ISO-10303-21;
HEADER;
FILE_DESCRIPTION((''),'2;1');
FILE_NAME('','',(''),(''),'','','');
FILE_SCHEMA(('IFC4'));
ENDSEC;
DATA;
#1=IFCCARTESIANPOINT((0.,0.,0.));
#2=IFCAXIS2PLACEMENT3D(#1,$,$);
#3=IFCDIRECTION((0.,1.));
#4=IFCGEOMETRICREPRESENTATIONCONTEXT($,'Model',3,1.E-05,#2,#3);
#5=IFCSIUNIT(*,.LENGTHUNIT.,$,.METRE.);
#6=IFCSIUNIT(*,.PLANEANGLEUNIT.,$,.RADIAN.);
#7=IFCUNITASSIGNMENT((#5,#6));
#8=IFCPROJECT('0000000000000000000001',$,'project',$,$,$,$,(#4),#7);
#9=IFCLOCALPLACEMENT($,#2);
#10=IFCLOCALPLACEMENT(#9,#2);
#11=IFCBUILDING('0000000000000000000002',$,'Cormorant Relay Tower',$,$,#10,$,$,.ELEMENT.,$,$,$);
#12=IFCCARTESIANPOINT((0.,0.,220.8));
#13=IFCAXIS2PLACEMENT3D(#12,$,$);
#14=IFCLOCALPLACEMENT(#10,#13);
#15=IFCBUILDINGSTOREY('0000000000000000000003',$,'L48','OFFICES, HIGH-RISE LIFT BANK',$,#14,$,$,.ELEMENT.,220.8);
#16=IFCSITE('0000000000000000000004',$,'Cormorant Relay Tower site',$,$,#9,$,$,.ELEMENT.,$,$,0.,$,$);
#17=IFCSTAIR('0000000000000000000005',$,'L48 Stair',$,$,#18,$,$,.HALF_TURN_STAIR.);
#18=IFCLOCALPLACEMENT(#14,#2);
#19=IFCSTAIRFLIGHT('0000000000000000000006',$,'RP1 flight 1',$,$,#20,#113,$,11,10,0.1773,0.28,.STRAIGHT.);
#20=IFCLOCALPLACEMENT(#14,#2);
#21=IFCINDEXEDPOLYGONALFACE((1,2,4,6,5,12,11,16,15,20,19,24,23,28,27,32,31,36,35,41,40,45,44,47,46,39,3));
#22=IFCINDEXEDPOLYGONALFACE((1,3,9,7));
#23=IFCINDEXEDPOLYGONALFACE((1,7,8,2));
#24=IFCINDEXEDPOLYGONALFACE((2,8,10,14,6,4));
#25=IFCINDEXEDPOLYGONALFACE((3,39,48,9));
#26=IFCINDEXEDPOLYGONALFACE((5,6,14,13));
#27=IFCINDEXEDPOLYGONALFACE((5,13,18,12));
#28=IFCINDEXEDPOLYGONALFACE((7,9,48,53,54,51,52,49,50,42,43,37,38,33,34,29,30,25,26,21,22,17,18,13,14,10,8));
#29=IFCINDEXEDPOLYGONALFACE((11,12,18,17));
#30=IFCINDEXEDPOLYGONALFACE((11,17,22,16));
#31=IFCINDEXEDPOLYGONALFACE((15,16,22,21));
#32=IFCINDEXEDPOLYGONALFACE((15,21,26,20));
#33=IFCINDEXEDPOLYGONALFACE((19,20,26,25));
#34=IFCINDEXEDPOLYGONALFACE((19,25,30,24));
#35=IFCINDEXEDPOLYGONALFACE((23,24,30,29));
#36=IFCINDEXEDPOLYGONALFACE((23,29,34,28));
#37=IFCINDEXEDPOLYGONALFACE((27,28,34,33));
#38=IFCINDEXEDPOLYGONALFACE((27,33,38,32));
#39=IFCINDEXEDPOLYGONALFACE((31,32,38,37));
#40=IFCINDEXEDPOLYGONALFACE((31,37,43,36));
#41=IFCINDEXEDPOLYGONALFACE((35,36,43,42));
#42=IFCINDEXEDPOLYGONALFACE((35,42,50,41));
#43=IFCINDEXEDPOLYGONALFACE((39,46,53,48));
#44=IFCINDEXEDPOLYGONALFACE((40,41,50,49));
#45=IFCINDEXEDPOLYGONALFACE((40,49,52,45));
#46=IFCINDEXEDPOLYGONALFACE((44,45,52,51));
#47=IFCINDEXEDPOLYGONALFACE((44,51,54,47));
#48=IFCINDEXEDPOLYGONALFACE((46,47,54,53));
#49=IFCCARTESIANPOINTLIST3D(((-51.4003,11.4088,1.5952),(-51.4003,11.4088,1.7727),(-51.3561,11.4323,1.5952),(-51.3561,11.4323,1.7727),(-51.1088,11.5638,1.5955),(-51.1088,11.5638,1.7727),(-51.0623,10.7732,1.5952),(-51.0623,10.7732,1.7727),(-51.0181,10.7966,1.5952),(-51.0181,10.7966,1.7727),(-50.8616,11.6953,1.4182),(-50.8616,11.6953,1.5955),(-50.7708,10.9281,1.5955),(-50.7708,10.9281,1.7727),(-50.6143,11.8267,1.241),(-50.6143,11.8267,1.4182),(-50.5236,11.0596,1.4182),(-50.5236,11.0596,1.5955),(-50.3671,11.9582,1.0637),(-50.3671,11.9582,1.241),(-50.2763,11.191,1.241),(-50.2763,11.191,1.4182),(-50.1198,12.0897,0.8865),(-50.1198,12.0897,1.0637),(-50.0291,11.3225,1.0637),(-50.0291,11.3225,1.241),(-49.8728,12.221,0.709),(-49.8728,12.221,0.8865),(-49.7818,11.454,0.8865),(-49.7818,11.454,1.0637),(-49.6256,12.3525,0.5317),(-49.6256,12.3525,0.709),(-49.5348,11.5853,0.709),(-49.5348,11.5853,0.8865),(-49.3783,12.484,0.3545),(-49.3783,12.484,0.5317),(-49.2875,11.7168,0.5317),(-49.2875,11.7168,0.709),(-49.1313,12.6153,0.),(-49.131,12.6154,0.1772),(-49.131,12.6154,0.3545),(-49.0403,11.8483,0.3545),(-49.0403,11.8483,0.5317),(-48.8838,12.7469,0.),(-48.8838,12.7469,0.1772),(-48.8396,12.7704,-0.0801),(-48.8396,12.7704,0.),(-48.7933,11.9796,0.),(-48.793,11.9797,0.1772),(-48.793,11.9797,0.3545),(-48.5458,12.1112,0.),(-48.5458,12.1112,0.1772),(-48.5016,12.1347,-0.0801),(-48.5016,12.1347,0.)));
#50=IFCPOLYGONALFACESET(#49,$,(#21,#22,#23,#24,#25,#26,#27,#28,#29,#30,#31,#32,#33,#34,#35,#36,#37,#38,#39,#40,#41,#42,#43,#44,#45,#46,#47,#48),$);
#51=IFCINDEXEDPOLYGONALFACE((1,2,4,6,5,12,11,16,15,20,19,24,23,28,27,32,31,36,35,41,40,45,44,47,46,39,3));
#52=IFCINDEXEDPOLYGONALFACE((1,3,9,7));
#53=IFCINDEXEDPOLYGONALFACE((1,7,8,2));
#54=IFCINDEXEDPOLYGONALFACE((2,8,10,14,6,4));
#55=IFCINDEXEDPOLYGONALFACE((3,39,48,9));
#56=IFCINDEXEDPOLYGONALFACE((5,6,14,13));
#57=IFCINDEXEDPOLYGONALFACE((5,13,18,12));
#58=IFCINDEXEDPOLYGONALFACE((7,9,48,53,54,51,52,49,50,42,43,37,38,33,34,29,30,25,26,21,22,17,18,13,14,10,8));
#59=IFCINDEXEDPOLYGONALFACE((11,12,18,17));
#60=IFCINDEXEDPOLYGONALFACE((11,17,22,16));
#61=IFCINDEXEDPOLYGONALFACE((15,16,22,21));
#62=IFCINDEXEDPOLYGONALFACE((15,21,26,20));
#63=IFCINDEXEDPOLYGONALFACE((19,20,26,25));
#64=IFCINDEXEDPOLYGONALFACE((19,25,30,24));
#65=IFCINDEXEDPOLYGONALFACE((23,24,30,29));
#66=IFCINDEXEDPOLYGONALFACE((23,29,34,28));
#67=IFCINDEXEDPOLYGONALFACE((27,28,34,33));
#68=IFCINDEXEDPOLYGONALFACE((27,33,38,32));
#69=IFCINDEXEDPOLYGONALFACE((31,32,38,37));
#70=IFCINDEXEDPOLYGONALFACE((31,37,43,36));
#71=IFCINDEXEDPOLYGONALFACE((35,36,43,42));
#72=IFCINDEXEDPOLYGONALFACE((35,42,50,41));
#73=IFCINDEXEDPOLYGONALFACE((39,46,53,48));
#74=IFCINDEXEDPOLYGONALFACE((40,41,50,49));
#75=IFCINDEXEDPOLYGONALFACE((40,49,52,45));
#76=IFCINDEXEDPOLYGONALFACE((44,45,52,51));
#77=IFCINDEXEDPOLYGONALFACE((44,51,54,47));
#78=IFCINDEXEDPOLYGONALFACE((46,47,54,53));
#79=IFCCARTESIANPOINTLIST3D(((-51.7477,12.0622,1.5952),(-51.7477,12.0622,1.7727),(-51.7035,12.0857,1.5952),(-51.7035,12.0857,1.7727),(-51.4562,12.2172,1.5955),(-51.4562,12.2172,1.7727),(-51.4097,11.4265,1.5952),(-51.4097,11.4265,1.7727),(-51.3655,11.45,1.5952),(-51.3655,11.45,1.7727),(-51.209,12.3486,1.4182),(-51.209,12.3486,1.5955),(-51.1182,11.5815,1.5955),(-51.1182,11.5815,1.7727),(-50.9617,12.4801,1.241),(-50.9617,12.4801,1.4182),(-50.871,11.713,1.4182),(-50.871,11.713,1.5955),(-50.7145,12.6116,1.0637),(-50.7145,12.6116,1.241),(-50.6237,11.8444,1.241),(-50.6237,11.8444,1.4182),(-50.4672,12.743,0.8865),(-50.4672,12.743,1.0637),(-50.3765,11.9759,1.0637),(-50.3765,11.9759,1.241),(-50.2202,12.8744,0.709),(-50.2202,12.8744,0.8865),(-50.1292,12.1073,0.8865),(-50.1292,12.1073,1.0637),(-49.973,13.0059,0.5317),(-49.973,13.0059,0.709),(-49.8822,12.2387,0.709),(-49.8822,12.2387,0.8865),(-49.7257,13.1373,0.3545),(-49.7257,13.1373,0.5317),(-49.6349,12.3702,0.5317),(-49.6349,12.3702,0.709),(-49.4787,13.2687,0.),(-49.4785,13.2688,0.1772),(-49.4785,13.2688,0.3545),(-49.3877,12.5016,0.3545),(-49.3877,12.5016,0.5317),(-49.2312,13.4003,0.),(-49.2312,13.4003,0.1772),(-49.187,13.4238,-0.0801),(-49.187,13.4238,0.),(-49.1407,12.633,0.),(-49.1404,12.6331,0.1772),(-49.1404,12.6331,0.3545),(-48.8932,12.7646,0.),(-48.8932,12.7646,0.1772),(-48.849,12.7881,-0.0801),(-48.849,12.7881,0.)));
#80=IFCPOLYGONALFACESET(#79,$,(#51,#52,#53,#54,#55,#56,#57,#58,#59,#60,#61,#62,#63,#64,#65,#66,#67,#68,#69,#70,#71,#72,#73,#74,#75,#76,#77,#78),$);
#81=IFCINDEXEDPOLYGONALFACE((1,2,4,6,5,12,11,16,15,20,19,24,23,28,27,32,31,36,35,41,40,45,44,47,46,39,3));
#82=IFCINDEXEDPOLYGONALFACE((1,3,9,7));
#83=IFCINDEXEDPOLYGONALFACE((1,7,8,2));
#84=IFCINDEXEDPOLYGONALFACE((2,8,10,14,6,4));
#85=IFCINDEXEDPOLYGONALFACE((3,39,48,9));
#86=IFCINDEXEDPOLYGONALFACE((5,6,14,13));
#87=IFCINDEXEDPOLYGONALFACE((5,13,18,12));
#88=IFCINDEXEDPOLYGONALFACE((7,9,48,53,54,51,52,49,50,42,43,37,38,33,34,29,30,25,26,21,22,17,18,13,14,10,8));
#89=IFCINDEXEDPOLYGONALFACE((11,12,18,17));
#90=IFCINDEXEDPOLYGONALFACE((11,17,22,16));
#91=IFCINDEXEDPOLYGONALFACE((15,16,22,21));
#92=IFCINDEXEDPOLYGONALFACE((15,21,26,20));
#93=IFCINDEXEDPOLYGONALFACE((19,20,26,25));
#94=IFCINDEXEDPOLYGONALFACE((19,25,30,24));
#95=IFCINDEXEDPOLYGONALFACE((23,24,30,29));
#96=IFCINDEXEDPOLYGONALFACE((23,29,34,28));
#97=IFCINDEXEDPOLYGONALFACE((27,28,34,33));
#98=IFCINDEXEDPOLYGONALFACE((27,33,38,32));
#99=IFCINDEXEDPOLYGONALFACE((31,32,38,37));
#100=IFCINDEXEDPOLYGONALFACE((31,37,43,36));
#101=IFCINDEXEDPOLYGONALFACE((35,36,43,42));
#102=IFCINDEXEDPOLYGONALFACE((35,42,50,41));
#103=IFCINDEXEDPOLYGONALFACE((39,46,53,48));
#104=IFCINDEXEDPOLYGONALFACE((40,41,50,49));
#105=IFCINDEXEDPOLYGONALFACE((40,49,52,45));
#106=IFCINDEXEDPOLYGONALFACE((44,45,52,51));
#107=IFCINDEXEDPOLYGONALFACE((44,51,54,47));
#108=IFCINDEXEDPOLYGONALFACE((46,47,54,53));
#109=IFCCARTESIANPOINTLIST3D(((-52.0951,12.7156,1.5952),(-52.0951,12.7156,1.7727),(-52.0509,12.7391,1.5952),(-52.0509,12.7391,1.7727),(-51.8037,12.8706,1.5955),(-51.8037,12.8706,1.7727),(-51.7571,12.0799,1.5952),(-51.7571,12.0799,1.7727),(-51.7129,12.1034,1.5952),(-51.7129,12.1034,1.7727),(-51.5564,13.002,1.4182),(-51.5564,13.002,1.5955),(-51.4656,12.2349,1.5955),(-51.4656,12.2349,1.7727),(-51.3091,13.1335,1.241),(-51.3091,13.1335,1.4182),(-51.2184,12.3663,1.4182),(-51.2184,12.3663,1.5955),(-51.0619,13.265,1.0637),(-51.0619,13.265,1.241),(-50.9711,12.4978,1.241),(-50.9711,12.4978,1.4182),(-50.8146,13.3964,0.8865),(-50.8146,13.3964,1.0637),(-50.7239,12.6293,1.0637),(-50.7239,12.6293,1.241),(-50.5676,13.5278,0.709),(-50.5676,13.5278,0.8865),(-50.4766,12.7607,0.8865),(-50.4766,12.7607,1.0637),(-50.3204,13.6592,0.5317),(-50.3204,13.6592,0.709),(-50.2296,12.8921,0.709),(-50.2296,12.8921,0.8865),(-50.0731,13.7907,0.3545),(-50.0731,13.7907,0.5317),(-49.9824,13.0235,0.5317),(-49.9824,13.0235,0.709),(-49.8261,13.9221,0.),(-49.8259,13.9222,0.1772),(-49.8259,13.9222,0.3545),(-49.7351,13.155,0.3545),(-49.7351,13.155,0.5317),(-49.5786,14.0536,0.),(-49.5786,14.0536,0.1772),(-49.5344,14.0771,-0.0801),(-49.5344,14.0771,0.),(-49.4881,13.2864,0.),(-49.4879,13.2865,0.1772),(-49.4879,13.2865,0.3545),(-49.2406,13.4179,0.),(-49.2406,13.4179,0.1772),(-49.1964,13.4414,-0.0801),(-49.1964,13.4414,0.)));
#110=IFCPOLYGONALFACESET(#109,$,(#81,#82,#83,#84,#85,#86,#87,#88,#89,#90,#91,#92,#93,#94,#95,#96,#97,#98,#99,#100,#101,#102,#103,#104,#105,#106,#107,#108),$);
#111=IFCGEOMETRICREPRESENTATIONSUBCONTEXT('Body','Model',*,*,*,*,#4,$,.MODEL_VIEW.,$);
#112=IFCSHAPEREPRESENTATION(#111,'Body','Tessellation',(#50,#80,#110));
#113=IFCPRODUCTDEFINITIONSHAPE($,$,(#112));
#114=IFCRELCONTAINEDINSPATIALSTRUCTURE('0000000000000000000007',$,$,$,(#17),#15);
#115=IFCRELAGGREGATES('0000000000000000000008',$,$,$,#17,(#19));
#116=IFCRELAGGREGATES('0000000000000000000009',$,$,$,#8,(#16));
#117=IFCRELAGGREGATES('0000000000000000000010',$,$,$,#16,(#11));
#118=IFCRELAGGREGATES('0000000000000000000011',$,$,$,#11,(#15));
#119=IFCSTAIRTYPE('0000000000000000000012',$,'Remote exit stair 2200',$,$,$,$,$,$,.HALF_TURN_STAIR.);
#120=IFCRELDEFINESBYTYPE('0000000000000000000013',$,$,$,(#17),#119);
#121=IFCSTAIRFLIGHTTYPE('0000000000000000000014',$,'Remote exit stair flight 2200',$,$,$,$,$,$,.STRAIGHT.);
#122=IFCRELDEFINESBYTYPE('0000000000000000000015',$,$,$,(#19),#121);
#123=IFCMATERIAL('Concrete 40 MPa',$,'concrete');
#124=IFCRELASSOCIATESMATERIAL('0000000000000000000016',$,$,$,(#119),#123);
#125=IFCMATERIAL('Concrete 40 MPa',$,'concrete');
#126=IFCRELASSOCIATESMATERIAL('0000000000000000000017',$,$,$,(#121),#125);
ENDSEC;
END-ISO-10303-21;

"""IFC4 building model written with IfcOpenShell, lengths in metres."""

from ifc_helpers import new_model, si_unit, direction, frame, origin, place, context, subcontext, project, spatial, polyline, outline, extrude, material, type_object, element, aggregate, save


model = new_model("IFC4")

# Units and contexts
model_context = context("Model", 3, precision=1e-05, world=origin(), true_north=direction((0.0, 1.0)))
body_context = subcontext(model_context, "Body", "Model", "MODEL_VIEW")
ifc_project = project(units=[si_unit("LENGTHUNIT", "METRE"), si_unit("PLANEANGLEUNIT", "RADIAN")], contexts=[model_context])

# Site, building, storey
site_placement = place(None, origin())
site = spatial("IfcSite", under=ifc_project, at=site_placement, Name="Cormorant Relay Tower site", CompositionType="ELEMENT", RefElevation=0.0)
building_placement = place(site_placement, origin())
building = spatial("IfcBuilding", under=site, at=building_placement, Name="Cormorant Relay Tower", CompositionType="ELEMENT")
storey_placement = place(building_placement, frame((0.0, 0.0, 220.8)))
storey = spatial("IfcBuildingStorey", under=building, at=storey_placement, Name="L48", Description="OFFICES, HIGH-RISE LIFT BANK", CompositionType="ELEMENT", Elevation=220.8)

# Stair, stair flight
ifc_material_1 = material(Name="Concrete 40 MPa", Category="concrete")
stair_type = type_object("IfcStairType", Name="Remote exit stair 2200", PredefinedType="HALF_TURN_STAIR", material=ifc_material_1)
stair_placement = place(storey_placement, origin())
stair = element("IfcStair", 1, at=stair_placement, inside=storey, type_object=stair_type, Name="L48 Stair", PredefinedType="HALF_TURN_STAIR")
ifc_material_2 = material(Name="Concrete 40 MPa", Category="concrete")
stair_flight_type = type_object("IfcStairFlightType", Name="Remote exit stair flight 2200", PredefinedType="STRAIGHT", material=ifc_material_2)
stair_flight_1_placement = place(storey_placement, frame((-49.0623, 13.0825, 0.0), z_axis=(0.0, 0.0, 1.0), x_axis=(-0.882948, -0.469472, 0.0)))
stair_flight_1 = element("IfcStairFlight", 2, at=stair_flight_1_placement, type_object=stair_flight_type, Name="RP1 flight 1", NumberOfRisers=11, NumberOfTreads=10, PredefinedType="STRAIGHT", RiserHeight=0.1773, TreadLength=0.28, context=body_context, shape_type="SweptSolid", body=[
    extrude(outline(polyline([(-0.05, -0.0801), (-0.05, 0.0), (0.0, 0.0), (0.0, 0.1772), (0.28, 0.1772), (0.28, 0.3545), (0.5601, 0.3545), (0.5601, 0.5317), (0.8401, 0.5317), (0.8401, 0.709), (1.1201, 0.709), (1.1201, 0.8865), (1.3999, 0.8865), (1.3999, 1.0637), (1.6799, 1.0637), (1.6799, 1.241), (1.96, 1.241), (1.96, 1.4182), (2.24, 1.4182), (2.24, 1.5955), (2.52, 1.5955), (2.52, 1.7727), (2.8, 1.7727), (2.8501, 1.7727), (2.8501, 1.5952), (2.8, 1.5952), (0.2803, 0.0), (-0.05, -0.0801)])), frame((0.0, 1.1001, 0.0), z_axis=(0.0, -1.0, 0.0), x_axis=(1.0, 0.0, 0.0)), (0.0, 0.0, 1.0), 0.72),
    extrude(outline(polyline([(-0.05, -0.0801), (-0.05, 0.0), (0.0, 0.0), (0.0, 0.1772), (0.28, 0.1772), (0.28, 0.3545), (0.5601, 0.3545), (0.5601, 0.5317), (0.8401, 0.5317), (0.8401, 0.709), (1.1201, 0.709), (1.1201, 0.8865), (1.3999, 0.8865), (1.3999, 1.0637), (1.6799, 1.0637), (1.6799, 1.241), (1.96, 1.241), (1.96, 1.4182), (2.24, 1.4182), (2.24, 1.5955), (2.52, 1.5955), (2.52, 1.7727), (2.8, 1.7727), (2.8501, 1.7727), (2.8501, 1.5952), (2.8, 1.5952), (0.2803, 0.0), (-0.05, -0.0801)])), frame((0.0, 0.3601, 0.0), z_axis=(0.0, -1.0, 0.0), x_axis=(1.0, 0.0, 0.0)), (0.0, 0.0, 1.0), 0.72),
    extrude(outline(polyline([(-0.05, -0.0801), (-0.05, 0.0), (0.0, 0.0), (0.0, 0.1772), (0.28, 0.1772), (0.28, 0.3545), (0.5601, 0.3545), (0.5601, 0.5317), (0.8401, 0.5317), (0.8401, 0.709), (1.1201, 0.709), (1.1201, 0.8865), (1.3999, 0.8865), (1.3999, 1.0637), (1.6799, 1.0637), (1.6799, 1.241), (1.96, 1.241), (1.96, 1.4182), (2.24, 1.4182), (2.24, 1.5955), (2.52, 1.5955), (2.52, 1.7727), (2.8, 1.7727), (2.8501, 1.7727), (2.8501, 1.5952), (2.8, 1.5952), (0.2803, 0.0), (-0.05, -0.0801)])), frame((0.0, -0.3799, 0.0), z_axis=(0.0, -1.0, 0.0), x_axis=(1.0, 0.0, 0.0)), (0.0, 0.0, 1.0), 0.72),
])
aggregate(stair, [stair_flight_1])

save(model, "model.ifc")
